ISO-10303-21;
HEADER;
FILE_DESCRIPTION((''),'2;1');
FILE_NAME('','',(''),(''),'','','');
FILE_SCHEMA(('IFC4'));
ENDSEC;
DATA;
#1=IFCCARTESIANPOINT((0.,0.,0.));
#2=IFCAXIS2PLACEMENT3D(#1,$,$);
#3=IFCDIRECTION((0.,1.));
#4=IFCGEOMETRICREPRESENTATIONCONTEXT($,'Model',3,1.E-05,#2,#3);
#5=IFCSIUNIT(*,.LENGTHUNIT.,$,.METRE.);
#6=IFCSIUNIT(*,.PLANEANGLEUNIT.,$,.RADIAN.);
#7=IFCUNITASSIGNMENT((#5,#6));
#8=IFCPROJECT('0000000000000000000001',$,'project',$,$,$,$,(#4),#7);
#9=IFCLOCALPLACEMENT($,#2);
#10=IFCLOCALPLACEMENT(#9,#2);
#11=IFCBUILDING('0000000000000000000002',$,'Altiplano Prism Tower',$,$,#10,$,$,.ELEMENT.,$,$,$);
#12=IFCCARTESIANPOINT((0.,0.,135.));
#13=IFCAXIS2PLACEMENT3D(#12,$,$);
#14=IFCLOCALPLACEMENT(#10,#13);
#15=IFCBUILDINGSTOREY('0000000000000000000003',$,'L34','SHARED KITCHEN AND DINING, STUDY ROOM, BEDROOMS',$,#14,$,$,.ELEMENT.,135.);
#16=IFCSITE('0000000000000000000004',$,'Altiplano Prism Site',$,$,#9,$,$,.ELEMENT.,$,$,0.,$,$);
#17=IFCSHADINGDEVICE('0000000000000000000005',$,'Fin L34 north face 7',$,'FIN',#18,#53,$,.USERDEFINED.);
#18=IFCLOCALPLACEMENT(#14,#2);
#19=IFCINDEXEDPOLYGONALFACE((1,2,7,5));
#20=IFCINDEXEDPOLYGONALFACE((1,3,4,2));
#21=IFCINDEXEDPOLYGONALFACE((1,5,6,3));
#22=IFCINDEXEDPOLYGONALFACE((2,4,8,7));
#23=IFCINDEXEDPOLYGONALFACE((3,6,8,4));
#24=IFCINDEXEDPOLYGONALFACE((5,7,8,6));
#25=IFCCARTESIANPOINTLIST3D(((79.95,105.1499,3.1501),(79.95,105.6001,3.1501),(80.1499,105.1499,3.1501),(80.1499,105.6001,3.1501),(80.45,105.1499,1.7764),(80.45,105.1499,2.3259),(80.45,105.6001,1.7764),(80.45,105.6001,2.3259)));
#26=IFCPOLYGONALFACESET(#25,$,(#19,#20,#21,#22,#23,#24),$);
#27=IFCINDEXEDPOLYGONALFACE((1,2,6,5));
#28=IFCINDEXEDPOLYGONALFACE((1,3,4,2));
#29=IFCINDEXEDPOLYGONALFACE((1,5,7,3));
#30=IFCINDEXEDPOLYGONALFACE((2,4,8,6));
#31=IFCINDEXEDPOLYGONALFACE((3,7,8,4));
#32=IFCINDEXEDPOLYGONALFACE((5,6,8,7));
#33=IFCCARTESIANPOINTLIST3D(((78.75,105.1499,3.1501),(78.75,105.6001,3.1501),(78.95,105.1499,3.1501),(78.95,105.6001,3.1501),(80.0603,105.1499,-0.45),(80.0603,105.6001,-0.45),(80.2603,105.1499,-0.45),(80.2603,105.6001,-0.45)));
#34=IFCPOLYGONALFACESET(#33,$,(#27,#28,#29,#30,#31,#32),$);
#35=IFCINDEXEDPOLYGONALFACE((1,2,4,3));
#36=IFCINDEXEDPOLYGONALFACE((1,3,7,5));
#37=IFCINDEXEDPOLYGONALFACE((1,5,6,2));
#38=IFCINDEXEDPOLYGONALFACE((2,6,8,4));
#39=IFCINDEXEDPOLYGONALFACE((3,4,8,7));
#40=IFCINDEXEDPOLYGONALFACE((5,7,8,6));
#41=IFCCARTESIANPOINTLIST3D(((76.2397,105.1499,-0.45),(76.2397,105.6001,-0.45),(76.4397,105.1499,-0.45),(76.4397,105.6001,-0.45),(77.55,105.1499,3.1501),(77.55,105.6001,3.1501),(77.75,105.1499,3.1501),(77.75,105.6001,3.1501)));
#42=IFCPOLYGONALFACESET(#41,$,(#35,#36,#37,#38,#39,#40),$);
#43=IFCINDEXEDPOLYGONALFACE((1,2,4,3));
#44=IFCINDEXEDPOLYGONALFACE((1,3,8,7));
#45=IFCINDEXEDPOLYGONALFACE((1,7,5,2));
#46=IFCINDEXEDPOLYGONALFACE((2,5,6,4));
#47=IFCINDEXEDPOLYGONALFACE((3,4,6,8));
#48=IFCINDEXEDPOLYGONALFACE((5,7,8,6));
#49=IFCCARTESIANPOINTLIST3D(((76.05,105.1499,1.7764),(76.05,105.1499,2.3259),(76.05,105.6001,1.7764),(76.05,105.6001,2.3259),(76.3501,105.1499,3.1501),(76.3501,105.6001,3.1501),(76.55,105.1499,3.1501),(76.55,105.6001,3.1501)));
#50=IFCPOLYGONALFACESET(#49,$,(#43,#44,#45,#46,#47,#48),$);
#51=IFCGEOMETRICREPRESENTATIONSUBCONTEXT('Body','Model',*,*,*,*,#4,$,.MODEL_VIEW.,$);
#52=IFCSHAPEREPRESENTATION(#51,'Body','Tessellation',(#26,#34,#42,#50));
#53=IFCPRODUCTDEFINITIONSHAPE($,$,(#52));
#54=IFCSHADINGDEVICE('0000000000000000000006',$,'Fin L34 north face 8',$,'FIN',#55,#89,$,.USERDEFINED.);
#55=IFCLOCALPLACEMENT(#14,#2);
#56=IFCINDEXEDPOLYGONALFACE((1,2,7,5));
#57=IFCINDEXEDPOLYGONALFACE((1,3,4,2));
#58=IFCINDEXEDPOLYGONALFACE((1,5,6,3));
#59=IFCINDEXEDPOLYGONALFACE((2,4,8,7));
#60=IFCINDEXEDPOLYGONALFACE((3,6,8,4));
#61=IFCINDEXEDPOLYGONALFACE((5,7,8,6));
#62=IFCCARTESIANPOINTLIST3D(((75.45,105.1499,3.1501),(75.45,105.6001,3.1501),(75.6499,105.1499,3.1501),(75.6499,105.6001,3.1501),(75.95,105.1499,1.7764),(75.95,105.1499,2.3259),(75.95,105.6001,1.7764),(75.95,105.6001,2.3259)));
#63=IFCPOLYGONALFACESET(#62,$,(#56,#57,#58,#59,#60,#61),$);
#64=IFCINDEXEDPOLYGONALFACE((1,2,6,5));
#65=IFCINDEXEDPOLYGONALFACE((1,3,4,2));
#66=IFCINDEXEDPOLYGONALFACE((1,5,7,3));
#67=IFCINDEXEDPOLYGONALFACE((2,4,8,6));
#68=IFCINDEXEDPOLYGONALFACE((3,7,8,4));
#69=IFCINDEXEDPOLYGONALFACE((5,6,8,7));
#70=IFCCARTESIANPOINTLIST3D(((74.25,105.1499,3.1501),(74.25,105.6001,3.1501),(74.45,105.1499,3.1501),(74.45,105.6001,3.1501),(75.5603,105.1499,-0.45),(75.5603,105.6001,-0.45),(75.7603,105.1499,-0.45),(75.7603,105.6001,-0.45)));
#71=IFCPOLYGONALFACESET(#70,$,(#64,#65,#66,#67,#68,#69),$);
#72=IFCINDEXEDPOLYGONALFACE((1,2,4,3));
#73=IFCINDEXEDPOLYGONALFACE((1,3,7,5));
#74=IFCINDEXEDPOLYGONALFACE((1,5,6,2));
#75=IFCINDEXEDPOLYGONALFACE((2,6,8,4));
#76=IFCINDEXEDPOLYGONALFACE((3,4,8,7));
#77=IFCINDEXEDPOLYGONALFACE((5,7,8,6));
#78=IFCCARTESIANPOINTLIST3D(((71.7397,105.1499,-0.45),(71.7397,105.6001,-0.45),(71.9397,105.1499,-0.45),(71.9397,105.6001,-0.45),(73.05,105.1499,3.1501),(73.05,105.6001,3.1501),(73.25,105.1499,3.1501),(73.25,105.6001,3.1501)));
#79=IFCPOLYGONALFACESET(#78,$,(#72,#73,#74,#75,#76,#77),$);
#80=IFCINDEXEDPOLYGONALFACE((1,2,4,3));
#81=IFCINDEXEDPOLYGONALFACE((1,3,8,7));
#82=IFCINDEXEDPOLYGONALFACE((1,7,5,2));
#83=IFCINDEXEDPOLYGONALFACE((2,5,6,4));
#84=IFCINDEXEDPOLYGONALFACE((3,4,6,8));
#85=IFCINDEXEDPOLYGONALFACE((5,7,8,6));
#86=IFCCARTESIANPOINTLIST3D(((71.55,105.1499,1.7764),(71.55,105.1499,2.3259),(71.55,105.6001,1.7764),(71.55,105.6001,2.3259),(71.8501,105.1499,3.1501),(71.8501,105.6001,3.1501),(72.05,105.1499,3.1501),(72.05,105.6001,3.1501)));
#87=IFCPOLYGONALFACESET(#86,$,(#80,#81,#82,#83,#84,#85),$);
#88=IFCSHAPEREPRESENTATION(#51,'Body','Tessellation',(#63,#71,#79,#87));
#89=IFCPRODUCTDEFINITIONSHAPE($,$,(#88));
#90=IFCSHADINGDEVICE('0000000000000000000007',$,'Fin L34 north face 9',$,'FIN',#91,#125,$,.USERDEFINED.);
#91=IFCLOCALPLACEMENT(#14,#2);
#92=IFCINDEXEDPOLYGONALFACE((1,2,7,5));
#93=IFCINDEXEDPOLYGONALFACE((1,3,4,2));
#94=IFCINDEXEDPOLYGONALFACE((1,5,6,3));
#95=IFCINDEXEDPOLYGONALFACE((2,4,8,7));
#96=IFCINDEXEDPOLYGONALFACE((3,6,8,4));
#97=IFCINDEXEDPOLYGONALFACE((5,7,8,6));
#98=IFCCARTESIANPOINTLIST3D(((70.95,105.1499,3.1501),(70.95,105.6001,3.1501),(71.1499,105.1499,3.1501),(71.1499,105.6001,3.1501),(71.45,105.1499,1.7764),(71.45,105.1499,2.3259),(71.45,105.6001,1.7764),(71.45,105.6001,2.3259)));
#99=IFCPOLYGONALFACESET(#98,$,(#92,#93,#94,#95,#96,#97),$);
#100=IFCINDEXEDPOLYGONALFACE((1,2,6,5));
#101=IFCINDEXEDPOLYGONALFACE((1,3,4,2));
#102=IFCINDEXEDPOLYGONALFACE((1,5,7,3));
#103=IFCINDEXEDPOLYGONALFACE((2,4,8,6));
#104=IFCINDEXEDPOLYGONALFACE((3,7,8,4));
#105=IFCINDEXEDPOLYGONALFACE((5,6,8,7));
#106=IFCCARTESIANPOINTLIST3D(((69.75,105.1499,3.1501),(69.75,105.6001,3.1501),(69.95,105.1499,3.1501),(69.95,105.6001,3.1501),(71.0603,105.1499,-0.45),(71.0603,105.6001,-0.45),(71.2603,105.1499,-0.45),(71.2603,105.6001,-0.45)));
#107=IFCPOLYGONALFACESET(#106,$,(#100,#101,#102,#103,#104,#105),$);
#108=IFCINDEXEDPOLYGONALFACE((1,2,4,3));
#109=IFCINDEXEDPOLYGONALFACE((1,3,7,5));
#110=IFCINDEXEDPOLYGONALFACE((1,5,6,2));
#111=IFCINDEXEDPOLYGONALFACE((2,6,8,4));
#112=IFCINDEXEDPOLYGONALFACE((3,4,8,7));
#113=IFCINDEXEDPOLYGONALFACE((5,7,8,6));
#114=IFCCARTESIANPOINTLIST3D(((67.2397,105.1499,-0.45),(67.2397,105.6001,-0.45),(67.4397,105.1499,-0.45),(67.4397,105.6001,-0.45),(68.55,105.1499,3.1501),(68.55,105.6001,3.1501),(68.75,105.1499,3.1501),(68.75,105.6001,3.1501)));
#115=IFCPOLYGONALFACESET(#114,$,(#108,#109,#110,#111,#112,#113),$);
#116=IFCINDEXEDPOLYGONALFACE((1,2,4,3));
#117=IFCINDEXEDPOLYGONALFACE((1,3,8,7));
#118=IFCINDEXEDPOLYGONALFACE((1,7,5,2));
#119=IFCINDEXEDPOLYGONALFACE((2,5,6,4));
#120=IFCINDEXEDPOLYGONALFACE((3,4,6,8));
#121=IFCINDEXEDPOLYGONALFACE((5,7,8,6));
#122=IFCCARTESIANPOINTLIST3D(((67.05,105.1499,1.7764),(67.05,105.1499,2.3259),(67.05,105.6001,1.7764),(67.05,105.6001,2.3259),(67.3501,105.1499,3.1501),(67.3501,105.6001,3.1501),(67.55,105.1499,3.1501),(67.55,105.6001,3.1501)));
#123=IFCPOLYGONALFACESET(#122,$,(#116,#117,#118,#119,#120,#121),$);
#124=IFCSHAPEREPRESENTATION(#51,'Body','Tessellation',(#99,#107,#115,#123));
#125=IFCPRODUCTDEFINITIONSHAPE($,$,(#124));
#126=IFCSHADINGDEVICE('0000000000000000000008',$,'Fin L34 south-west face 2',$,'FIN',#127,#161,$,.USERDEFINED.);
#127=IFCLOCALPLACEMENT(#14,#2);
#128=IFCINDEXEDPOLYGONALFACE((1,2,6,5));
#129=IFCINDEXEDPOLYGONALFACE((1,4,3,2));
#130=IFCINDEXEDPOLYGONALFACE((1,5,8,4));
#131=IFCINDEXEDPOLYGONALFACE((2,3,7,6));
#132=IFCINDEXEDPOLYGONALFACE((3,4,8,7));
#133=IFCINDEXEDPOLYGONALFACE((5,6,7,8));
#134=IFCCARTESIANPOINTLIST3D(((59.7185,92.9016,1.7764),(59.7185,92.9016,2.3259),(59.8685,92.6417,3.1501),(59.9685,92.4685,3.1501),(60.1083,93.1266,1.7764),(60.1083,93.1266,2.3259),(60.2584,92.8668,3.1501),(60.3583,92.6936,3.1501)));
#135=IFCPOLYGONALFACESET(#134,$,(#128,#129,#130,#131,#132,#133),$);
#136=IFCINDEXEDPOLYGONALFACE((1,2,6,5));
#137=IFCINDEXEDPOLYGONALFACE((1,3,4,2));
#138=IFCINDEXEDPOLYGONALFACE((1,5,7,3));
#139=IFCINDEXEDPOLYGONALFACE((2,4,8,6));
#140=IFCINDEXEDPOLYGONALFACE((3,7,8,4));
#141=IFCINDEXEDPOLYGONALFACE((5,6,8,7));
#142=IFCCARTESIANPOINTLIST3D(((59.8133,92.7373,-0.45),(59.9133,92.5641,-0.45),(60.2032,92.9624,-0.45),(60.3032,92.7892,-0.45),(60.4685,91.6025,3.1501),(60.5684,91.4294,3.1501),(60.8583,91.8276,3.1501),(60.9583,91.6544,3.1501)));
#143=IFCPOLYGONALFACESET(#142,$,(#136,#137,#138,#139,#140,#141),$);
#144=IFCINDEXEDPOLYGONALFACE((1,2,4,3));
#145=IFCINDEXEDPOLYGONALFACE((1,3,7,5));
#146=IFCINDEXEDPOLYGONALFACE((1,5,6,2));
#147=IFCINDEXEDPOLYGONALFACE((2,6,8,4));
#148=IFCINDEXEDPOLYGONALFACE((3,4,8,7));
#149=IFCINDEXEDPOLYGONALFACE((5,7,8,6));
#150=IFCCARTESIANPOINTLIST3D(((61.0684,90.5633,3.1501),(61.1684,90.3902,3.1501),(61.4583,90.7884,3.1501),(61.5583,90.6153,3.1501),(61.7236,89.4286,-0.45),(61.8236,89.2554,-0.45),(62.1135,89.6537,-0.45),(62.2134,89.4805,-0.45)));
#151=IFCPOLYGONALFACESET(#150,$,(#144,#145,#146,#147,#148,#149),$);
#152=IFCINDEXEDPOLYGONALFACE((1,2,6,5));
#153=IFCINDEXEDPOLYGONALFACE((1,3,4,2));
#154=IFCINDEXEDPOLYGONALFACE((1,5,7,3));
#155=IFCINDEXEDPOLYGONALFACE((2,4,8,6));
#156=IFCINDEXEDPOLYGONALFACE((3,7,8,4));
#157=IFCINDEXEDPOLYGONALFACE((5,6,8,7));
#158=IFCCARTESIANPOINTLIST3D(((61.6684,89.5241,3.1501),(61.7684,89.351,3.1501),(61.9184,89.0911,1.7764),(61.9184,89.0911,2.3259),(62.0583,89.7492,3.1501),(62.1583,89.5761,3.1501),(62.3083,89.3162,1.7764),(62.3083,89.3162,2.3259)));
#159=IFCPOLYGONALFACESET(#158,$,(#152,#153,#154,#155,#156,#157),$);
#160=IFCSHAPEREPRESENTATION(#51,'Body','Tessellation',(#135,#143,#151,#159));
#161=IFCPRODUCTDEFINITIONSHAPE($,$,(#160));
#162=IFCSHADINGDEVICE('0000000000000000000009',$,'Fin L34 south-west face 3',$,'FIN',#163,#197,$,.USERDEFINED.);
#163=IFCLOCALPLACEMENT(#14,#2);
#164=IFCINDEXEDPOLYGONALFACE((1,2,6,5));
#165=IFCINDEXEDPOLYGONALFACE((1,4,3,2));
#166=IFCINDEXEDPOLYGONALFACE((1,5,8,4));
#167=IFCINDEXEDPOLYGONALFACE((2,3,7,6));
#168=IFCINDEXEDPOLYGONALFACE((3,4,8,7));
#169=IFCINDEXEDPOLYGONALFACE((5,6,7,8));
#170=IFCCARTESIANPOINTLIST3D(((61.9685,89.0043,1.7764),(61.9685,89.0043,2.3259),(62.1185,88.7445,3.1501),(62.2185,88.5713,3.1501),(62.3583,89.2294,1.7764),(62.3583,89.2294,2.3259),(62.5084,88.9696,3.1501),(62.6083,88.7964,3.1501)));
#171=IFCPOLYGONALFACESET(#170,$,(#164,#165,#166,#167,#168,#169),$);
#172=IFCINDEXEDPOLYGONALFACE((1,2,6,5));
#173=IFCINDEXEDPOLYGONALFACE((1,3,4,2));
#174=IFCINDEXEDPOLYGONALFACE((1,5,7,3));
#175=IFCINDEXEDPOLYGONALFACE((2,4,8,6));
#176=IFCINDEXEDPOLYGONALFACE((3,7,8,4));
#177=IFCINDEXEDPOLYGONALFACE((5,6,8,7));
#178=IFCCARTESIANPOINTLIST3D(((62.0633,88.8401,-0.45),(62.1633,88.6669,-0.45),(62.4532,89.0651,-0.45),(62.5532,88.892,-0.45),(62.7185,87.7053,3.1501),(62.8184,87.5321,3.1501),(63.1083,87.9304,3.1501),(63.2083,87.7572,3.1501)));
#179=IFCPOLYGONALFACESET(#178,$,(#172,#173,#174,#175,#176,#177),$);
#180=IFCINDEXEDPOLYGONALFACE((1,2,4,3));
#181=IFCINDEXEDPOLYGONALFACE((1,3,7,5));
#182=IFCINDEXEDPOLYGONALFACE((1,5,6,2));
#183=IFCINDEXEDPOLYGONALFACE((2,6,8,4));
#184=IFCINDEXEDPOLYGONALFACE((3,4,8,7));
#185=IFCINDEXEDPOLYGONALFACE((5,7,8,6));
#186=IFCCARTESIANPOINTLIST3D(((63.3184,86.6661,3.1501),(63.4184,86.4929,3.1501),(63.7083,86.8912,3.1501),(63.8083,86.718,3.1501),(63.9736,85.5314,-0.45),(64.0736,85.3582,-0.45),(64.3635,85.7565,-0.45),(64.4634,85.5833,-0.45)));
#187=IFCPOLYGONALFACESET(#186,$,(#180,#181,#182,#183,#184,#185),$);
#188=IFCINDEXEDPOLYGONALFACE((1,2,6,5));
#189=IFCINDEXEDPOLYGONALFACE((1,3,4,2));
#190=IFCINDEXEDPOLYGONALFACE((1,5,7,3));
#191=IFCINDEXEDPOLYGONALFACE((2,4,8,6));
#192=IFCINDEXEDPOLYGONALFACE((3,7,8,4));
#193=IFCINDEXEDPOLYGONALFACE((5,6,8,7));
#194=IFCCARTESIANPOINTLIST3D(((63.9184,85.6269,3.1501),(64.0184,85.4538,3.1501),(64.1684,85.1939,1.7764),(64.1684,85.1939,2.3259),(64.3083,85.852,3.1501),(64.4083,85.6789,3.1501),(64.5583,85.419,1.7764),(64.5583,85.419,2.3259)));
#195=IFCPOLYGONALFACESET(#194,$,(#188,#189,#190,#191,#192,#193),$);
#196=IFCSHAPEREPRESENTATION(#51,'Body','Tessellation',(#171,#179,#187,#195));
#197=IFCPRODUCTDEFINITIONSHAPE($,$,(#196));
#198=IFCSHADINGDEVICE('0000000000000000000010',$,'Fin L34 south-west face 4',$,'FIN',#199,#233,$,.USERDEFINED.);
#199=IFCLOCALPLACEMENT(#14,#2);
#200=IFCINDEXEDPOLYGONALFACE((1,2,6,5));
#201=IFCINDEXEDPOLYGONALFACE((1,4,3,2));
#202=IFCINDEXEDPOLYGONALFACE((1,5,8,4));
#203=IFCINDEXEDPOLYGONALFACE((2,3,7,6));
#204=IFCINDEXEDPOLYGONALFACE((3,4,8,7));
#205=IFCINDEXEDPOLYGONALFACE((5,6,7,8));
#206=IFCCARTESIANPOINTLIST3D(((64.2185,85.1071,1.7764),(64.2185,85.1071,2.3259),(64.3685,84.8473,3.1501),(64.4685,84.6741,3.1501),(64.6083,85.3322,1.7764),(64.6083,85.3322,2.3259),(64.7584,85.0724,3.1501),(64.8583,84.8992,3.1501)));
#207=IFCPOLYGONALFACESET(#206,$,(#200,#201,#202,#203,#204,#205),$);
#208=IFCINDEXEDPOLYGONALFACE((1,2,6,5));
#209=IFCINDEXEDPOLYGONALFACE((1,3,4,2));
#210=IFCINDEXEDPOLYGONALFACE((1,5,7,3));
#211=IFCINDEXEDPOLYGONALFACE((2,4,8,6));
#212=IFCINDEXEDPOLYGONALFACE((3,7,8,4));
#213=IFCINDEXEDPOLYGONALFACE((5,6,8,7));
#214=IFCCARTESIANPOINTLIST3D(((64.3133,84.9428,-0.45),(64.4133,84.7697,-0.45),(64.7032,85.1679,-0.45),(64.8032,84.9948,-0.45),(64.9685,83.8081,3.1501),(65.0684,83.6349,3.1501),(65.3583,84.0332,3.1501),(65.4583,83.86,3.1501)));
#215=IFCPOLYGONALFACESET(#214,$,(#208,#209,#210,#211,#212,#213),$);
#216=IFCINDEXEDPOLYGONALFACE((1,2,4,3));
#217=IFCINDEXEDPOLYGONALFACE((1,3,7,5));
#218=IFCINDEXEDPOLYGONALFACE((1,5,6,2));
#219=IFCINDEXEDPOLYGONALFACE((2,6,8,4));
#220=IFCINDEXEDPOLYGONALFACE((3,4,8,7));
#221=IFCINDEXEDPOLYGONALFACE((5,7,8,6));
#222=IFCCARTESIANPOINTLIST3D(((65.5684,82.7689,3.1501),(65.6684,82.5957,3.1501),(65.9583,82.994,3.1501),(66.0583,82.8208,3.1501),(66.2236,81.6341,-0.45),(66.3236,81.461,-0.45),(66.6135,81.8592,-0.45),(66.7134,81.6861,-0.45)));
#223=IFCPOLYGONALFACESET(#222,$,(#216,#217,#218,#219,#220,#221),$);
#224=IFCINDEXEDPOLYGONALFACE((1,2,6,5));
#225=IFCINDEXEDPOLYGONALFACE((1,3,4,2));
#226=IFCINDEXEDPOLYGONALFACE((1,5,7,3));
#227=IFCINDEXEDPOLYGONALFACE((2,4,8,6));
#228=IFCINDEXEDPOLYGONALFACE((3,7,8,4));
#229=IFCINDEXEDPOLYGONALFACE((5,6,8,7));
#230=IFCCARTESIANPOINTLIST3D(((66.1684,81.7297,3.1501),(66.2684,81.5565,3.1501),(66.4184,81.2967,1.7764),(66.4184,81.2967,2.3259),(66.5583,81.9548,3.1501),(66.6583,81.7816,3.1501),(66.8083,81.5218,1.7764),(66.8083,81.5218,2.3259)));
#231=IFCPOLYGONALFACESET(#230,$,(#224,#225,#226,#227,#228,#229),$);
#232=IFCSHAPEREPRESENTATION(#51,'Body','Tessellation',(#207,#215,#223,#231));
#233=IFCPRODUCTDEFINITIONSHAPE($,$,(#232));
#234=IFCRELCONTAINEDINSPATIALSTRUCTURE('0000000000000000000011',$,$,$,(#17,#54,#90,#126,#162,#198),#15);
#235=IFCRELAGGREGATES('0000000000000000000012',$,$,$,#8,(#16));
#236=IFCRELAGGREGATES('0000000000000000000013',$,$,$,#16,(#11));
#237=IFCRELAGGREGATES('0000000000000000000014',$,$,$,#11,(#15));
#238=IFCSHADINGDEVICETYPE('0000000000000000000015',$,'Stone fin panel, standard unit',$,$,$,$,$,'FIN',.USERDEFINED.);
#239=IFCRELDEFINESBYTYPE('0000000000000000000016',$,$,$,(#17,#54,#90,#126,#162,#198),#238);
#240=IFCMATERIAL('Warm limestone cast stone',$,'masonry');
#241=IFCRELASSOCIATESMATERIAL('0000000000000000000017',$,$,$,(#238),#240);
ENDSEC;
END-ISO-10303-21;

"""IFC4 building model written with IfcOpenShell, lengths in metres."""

from ifc_helpers import new_model, si_unit, direction, frame, origin, place, context, subcontext, project, spatial, polyline, outline, extrude, source, transform, mapped, material, type_object, element, save


model = new_model("IFC4")

# Units and contexts
model_context = context("Model", 3, precision=1e-05, world=origin(), true_north=direction((0.0, 1.0)))
body_context = subcontext(model_context, "Body", "Model", "MODEL_VIEW")
ifc_project = project(units=[si_unit("LENGTHUNIT", "METRE"), si_unit("PLANEANGLEUNIT", "RADIAN")], contexts=[model_context])

# Site, building, storey
site_placement = place(None, origin())
site = spatial("IfcSite", under=ifc_project, at=site_placement, Name="Altiplano Prism Site", CompositionType="ELEMENT", RefElevation=0.0)
building_placement = place(site_placement, origin())
building = spatial("IfcBuilding", under=site, at=building_placement, Name="Altiplano Prism Tower", CompositionType="ELEMENT")
storey_placement = place(building_placement, frame((0.0, 0.0, 135.0)))
storey = spatial("IfcBuildingStorey", under=building, at=storey_placement, Name="L34", Description="SHARED KITCHEN AND DINING, STUDY ROOM, BEDROOMS", CompositionType="ELEMENT", Elevation=135.0)

# Shading devices
ifc_material_1 = material(Name="Warm limestone cast stone", Category="masonry")
shading_device_type_1 = type_object("IfcShadingDeviceType", Name="Stone fin panel, standard unit", ElementType="FIN", PredefinedType="USERDEFINED", material=ifc_material_1)
shared_shape_1 = source(origin(), body_context, "Body", "SweptSolid", [
    extrude(outline(polyline([(-2.2, 2.2263), (-1.7, 3.6001), (-1.8999, 3.6001), (-2.2, 2.7759), (-2.2, 2.2263)])), frame((0.0, -0.1499, 0.0), z_axis=(0.0, -1.0, 0.0), x_axis=(1.0, 0.0, 0.0)), (0.0, 0.0, 1.0), 0.4502),
    extrude(outline(polyline([(-2.0103, 0.0), (-1.8103, 0.0), (-0.5, 3.6001), (-0.7, 3.6001), (-2.0103, 0.0)])), frame((0.0, -0.1499, 0.0), z_axis=(0.0, -1.0, 0.0), x_axis=(1.0, 0.0, 0.0)), (0.0, 0.0, 1.0), 0.4502),
    extrude(outline(polyline([(1.8103, 0.0), (2.0103, 0.0), (0.7, 3.6001), (0.5, 3.6001), (1.8103, 0.0)])), frame((0.0, -0.1499, 0.0), z_axis=(0.0, -1.0, 0.0), x_axis=(1.0, 0.0, 0.0)), (0.0, 0.0, 1.0), 0.4502),
    extrude(outline(polyline([(2.2, 2.7759), (1.8999, 3.6001), (1.7, 3.6001), (2.2, 2.2263), (2.2, 2.7759)])), frame((0.0, -0.1499, 0.0), z_axis=(0.0, -1.0, 0.0), x_axis=(1.0, 0.0, 0.0)), (0.0, 0.0, 1.0), 0.4502),
])
shading_device_1_placement = place(storey_placement, origin())
element("IfcShadingDevice", 1, at=shading_device_1_placement, inside=storey, type_object=shading_device_type_1, Name="Fin L34 north face 7", ObjectType="FIN", PredefinedType="USERDEFINED", context=body_context, shape_type="MappedRepresentation", body=[
    mapped(shared_shape_1, transform((78.25, 105.0, -0.45), x_axis=(-1.0, 0.0, 0.0), y_axis=(0.0, -1.0, 0.0), z_axis=(0.0, 0.0, 1.0))),
])
shading_device_2_placement = place(storey_placement, origin())
element("IfcShadingDevice", 2, at=shading_device_2_placement, inside=storey, type_object=shading_device_type_1, Name="Fin L34 north face 8", ObjectType="FIN", PredefinedType="USERDEFINED", context=body_context, shape_type="MappedRepresentation", body=[
    mapped(shared_shape_1, transform((73.75, 105.0, -0.45), x_axis=(-1.0, 0.0, 0.0), y_axis=(0.0, -1.0, 0.0), z_axis=(0.0, 0.0, 1.0))),
])
shading_device_3_placement = place(storey_placement, origin())
element("IfcShadingDevice", 3, at=shading_device_3_placement, inside=storey, type_object=shading_device_type_1, Name="Fin L34 north face 9", ObjectType="FIN", PredefinedType="USERDEFINED", context=body_context, shape_type="MappedRepresentation", body=[
    mapped(shared_shape_1, transform((69.25, 105.0, -0.45), x_axis=(-1.0, 0.0, 0.0), y_axis=(0.0, -1.0, 0.0), z_axis=(0.0, 0.0, 1.0))),
])
shading_device_4_placement = place(storey_placement, origin())
element("IfcShadingDevice", 4, at=shading_device_4_placement, inside=storey, type_object=shading_device_type_1, Name="Fin L34 south-west face 2", ObjectType="FIN", PredefinedType="USERDEFINED", context=body_context, shape_type="MappedRepresentation", body=[
    mapped(shared_shape_1, transform((61.3381, 91.2964, -0.45), x_axis=(0.5, -0.866025, 0.0), y_axis=(0.866025, 0.5, 0.0), z_axis=(0.0, 0.0, 1.0))),
])
shading_device_5_placement = place(storey_placement, origin())
element("IfcShadingDevice", 5, at=shading_device_5_placement, inside=storey, type_object=shading_device_type_1, Name="Fin L34 south-west face 3", ObjectType="FIN", PredefinedType="USERDEFINED", context=body_context, shape_type="MappedRepresentation", body=[
    mapped(shared_shape_1, transform((63.5881, 87.3992, -0.45), x_axis=(0.5, -0.866025, 0.0), y_axis=(0.866025, 0.5, 0.0), z_axis=(0.0, 0.0, 1.0))),
])
shading_device_6_placement = place(storey_placement, origin())
element("IfcShadingDevice", 6, at=shading_device_6_placement, inside=storey, type_object=shading_device_type_1, Name="Fin L34 south-west face 4", ObjectType="FIN", PredefinedType="USERDEFINED", context=body_context, shape_type="MappedRepresentation", body=[
    mapped(shared_shape_1, transform((65.8381, 83.502, -0.45), x_axis=(0.5, -0.866025, 0.0), y_axis=(0.866025, 0.5, 0.0), z_axis=(0.0, 0.0, 1.0))),
])

save(model, "model.ifc")
